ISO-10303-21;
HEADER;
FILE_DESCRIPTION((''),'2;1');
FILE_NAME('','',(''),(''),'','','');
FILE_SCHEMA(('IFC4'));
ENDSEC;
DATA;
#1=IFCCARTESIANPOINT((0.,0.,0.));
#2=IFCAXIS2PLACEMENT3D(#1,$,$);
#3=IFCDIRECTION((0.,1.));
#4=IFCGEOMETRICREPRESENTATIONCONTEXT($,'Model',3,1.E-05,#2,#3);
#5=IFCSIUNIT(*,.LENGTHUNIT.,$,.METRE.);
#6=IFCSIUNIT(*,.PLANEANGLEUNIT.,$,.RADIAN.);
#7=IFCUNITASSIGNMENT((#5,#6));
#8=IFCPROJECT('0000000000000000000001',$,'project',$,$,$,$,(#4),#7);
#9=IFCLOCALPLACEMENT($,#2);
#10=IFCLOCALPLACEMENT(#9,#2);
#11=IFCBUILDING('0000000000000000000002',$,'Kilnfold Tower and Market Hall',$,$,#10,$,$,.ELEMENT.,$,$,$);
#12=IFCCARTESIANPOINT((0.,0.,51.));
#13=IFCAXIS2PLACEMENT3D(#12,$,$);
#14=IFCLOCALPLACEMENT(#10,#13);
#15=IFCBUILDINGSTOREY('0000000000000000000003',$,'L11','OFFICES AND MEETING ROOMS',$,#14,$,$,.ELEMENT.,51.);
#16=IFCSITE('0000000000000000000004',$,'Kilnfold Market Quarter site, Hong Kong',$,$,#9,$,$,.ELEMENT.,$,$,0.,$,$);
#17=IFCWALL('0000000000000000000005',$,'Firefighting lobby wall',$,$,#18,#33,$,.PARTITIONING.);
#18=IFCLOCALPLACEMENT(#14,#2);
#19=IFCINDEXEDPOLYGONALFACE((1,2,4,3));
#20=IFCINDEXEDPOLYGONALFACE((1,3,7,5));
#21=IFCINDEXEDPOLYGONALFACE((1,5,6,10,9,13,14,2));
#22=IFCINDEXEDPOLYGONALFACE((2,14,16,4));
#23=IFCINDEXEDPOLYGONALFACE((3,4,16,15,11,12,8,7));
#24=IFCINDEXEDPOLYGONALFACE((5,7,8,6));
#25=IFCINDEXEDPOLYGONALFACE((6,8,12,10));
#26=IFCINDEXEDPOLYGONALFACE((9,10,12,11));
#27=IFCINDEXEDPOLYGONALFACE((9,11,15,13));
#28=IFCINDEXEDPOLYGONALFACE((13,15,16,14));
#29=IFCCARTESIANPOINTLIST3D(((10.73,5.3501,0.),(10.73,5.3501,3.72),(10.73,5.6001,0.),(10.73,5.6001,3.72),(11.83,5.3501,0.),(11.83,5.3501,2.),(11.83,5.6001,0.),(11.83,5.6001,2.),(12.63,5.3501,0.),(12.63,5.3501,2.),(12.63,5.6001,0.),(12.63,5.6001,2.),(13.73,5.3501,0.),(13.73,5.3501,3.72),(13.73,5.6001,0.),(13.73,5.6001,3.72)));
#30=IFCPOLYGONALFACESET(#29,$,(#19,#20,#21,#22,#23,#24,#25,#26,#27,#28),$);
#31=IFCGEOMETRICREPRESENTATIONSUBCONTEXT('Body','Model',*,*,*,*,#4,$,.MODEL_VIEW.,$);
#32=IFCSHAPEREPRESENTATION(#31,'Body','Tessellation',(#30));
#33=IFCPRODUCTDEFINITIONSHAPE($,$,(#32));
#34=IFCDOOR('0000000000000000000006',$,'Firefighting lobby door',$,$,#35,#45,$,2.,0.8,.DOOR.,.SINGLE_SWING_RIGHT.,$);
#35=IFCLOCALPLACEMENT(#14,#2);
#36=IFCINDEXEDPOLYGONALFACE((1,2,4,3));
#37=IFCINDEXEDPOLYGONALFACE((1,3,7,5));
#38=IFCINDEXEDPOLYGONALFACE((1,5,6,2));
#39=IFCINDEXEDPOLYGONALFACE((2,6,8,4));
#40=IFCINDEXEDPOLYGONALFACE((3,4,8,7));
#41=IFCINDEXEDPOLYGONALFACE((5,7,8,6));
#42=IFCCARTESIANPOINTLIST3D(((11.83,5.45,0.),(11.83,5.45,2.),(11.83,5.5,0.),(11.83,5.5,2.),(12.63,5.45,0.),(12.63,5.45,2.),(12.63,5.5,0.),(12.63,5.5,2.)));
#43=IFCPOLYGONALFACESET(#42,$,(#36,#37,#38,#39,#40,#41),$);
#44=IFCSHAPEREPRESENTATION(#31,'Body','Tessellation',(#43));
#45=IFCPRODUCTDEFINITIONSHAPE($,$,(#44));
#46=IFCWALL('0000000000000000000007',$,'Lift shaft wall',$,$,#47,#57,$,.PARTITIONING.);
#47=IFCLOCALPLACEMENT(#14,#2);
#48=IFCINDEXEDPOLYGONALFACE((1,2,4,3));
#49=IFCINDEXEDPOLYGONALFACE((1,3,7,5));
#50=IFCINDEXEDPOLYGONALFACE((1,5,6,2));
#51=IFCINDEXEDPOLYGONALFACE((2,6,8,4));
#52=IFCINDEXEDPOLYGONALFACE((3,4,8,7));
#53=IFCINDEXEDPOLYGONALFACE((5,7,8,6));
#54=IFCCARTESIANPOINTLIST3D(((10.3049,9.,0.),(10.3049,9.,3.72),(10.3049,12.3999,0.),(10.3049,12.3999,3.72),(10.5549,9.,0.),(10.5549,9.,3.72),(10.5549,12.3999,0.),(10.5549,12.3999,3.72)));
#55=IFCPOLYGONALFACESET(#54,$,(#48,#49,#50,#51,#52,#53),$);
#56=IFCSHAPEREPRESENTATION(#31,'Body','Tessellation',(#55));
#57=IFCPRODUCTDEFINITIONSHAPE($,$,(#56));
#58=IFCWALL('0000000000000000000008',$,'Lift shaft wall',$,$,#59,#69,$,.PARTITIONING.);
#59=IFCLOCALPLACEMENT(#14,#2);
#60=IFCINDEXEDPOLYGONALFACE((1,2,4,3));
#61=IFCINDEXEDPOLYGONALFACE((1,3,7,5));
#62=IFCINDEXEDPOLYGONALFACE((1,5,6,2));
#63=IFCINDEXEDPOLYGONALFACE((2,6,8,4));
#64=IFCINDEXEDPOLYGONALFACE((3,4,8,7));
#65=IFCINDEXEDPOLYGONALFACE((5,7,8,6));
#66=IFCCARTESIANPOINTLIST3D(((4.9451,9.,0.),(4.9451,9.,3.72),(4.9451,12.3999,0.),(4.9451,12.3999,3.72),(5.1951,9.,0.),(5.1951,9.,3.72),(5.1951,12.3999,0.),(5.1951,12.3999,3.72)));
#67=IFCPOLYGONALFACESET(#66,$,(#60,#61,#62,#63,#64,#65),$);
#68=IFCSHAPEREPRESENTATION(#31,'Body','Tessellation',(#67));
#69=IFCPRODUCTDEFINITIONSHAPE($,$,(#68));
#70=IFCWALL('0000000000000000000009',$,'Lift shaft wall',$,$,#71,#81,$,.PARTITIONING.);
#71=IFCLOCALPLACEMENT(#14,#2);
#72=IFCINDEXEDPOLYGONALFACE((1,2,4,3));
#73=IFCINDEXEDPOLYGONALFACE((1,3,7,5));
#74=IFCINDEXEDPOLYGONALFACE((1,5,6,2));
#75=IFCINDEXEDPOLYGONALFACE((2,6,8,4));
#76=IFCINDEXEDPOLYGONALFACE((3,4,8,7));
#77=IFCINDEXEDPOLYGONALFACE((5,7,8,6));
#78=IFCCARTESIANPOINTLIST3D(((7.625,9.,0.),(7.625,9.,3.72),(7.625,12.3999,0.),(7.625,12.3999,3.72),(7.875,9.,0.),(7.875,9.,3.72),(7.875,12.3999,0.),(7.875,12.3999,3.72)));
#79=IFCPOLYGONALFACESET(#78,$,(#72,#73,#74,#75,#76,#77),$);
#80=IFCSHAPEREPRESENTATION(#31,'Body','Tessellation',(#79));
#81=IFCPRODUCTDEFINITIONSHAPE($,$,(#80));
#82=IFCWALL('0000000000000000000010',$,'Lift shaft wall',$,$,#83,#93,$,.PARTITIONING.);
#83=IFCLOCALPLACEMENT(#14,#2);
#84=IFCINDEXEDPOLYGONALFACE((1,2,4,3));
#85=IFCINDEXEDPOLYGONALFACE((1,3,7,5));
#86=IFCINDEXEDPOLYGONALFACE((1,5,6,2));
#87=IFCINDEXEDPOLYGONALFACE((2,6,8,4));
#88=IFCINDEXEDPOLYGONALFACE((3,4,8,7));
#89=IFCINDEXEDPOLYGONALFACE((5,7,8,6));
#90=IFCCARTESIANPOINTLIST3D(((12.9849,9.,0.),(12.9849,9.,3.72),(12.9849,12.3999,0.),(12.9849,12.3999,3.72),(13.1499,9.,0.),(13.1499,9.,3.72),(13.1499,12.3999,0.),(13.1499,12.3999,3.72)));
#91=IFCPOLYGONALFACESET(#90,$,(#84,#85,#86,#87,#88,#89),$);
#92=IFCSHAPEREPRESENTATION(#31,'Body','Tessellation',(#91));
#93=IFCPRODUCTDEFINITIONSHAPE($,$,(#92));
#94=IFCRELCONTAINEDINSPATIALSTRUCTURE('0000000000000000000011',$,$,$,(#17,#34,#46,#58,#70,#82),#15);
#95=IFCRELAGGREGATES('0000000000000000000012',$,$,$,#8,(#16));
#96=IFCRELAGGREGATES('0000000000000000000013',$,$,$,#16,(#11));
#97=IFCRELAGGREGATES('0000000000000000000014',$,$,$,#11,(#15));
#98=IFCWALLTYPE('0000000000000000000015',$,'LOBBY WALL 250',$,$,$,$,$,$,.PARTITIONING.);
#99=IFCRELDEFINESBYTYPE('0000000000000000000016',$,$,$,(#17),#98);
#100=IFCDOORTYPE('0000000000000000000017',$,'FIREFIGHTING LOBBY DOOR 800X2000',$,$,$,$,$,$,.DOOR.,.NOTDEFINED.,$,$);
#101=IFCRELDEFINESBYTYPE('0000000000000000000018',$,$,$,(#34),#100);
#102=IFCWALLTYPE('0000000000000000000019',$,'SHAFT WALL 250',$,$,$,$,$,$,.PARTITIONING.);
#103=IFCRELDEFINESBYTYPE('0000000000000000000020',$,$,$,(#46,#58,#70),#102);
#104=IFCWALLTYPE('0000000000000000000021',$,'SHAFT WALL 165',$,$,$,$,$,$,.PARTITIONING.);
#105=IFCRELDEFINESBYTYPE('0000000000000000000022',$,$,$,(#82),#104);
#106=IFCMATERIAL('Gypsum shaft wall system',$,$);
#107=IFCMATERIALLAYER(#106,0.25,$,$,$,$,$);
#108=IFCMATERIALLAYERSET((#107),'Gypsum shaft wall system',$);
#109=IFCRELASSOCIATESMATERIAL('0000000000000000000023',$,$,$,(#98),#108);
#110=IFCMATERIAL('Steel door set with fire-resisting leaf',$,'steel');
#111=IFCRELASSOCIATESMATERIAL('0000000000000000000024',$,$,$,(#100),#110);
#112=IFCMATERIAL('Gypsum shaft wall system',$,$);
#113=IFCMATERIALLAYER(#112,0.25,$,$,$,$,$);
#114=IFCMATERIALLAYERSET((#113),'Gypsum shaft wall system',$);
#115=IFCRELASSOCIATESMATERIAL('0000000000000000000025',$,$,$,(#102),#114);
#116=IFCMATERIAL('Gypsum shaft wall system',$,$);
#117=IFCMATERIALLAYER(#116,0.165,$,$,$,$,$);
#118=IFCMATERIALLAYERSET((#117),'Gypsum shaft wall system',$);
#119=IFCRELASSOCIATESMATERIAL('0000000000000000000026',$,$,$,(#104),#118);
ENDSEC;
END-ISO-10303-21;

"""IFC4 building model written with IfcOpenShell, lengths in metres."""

from ifc_helpers import new_model, si_unit, direction, frame, frame_2d, origin, place, context, subcontext, project, spatial, rectangle, extrude, source, transform, mapped, material, layer, layer_set, type_object, element, fill, save


model = new_model("IFC4")

# Units and contexts
model_context = context("Model", 3, precision=1e-05, world=origin(), true_north=direction((0.0, 1.0)))
body_context = subcontext(model_context, "Body", "Model", "MODEL_VIEW")
ifc_project = project(units=[si_unit("LENGTHUNIT", "METRE"), si_unit("PLANEANGLEUNIT", "RADIAN")], contexts=[model_context])

# Site, building, storey
site_placement = place(None, origin())
site = spatial("IfcSite", under=ifc_project, at=site_placement, Name="Kilnfold Market Quarter site, Hong Kong", CompositionType="ELEMENT", RefElevation=0.0)
building_placement = place(site_placement, origin())
building = spatial("IfcBuilding", under=site, at=building_placement, Name="Kilnfold Tower and Market Hall", CompositionType="ELEMENT")
storey_placement = place(building_placement, frame((0.0, 0.0, 51.0)))
storey = spatial("IfcBuildingStorey", under=building, at=storey_placement, Name="L11", Description="OFFICES AND MEETING ROOMS", CompositionType="ELEMENT", Elevation=51.0)

# Shared definitions
ifc_material_1 = material(Name="Gypsum shaft wall system")
ifc_layer_1 = layer(ifc_material_1, 0.25)
ifc_layer_set_1 = layer_set([ifc_layer_1], Name="Gypsum shaft wall system")
wall_type_1 = type_object("IfcWallType", Name="LOBBY WALL 250", PredefinedType="PARTITIONING", material=ifc_layer_set_1)

# Wall, opening, door
shared_shape_1 = source(origin(), body_context, "Body", "SweptSolid", [
    extrude(rectangle(XDim=3.0, YDim=0.25, at=frame_2d((1.5, 0.0))), origin(), (0.0, 0.0, 1.0), 3.72),
])
wall_1_placement = place(storey_placement, frame((10.73, 5.4751, 0.0), z_axis=(0.0, 0.0, 1.0), x_axis=(1.0, 0.0, 0.0)))
wall_1 = element("IfcWall", 1, at=wall_1_placement, inside=storey, type_object=wall_type_1, Name="Firefighting lobby wall", PredefinedType="PARTITIONING", context=body_context, shape_type="MappedRepresentation", body=[
    mapped(shared_shape_1, transform((0.0, 0.0, 0.0))),
])
opening_1_placement = place(wall_1_placement, frame((1.1001, 0.0, 0.0)))
opening_1 = element("IfcOpeningElement", 2, at=opening_1_placement, cuts=wall_1, PredefinedType="OPENING", context=body_context, shape_type="SweptSolid", body=[
    extrude(rectangle(XDim=0.8, YDim=2.0, at=frame_2d((0.3999, 1.0))), frame((0.0, 0.135, 0.0), z_axis=(0.0, -1.0, 0.0), x_axis=(1.0, 0.0, 0.0)), (0.0, 0.0, 1.0), 0.27),
])
ifc_material_2 = material(Name="Steel door set with fire-resisting leaf", Category="steel")
door_type_1 = type_object("IfcDoorType", Name="FIREFIGHTING LOBBY DOOR 800X2000", OperationType="NOTDEFINED", PredefinedType="DOOR", material=ifc_material_2)
door_1_placement = place(opening_1_placement, origin())
door_1 = element("IfcDoor", 3, at=door_1_placement, inside=storey, type_object=door_type_1, Name="Firefighting lobby door", OperationType="SINGLE_SWING_RIGHT", OverallHeight=2.0, OverallWidth=0.8, PredefinedType="DOOR", context=body_context, shape_type="SweptSolid", body=[
    extrude(rectangle(XDim=0.8, YDim=2.0, at=frame_2d((0.3999, 1.0))), frame((0.0, 0.0249, 0.0), z_axis=(0.0, -1.0, 0.0), x_axis=(1.0, 0.0, 0.0)), (0.0, 0.0, 1.0), 0.05),
])
fill(opening_1, door_1)

# Walls
ifc_material_3 = material(Name="Gypsum shaft wall system")
ifc_layer_2 = layer(ifc_material_3, 0.25)
ifc_layer_set_2 = layer_set([ifc_layer_2], Name="Gypsum shaft wall system")
wall_type_2 = type_object("IfcWallType", Name="SHAFT WALL 250", PredefinedType="PARTITIONING", material=ifc_layer_set_2)
shared_shape_2 = source(origin(), body_context, "Body", "SweptSolid", [
    extrude(rectangle(XDim=3.3999, YDim=0.25, at=frame_2d((1.7, 0.0))), origin(), (0.0, 0.0, 1.0), 3.72),
])
for number, where, z_axis, x_axis, name in (
    (4, (10.4299, 9.0, 0.0), (0.0, 0.0, 1.0), (0.0, 1.0, 0.0), "Lift shaft wall"),
    (5, (5.0701, 9.0, 0.0), (0.0, 0.0, 1.0), (0.0, 1.0, 0.0), "Lift shaft wall"),
    (6, (7.75, 9.0, 0.0), (0.0, 0.0, 1.0), (0.0, 1.0, 0.0), "Lift shaft wall"),
):
    element("IfcWall", number, at=place(storey_placement, frame(where, z_axis=z_axis, x_axis=x_axis)), inside=storey, type_object=wall_type_2, Name=name, PredefinedType="PARTITIONING", context=body_context, shape_type="MappedRepresentation", body=[
        mapped(shared_shape_2, transform((0.0, 0.0, 0.0))),
    ])
ifc_material_4 = material(Name="Gypsum shaft wall system")
ifc_layer_3 = layer(ifc_material_4, 0.165)
ifc_layer_set_3 = layer_set([ifc_layer_3], Name="Gypsum shaft wall system")
wall_type_3 = type_object("IfcWallType", Name="SHAFT WALL 165", PredefinedType="PARTITIONING", material=ifc_layer_set_3)
shared_shape_3 = source(origin(), body_context, "Body", "SweptSolid", [
    extrude(rectangle(XDim=3.3999, YDim=0.165, at=frame_2d((1.7, 0.0))), origin(), (0.0, 0.0, 1.0), 3.72),
])
wall_2_placement = place(storey_placement, frame((13.0674, 9.0, 0.0), z_axis=(0.0, 0.0, 1.0), x_axis=(0.0, 1.0, 0.0)))
element("IfcWall", 7, at=wall_2_placement, inside=storey, type_object=wall_type_3, Name="Lift shaft wall", PredefinedType="PARTITIONING", context=body_context, shape_type="MappedRepresentation", body=[
    mapped(shared_shape_3, transform((0.0, 0.0, 0.0))),
])

save(model, "model.ifc")
